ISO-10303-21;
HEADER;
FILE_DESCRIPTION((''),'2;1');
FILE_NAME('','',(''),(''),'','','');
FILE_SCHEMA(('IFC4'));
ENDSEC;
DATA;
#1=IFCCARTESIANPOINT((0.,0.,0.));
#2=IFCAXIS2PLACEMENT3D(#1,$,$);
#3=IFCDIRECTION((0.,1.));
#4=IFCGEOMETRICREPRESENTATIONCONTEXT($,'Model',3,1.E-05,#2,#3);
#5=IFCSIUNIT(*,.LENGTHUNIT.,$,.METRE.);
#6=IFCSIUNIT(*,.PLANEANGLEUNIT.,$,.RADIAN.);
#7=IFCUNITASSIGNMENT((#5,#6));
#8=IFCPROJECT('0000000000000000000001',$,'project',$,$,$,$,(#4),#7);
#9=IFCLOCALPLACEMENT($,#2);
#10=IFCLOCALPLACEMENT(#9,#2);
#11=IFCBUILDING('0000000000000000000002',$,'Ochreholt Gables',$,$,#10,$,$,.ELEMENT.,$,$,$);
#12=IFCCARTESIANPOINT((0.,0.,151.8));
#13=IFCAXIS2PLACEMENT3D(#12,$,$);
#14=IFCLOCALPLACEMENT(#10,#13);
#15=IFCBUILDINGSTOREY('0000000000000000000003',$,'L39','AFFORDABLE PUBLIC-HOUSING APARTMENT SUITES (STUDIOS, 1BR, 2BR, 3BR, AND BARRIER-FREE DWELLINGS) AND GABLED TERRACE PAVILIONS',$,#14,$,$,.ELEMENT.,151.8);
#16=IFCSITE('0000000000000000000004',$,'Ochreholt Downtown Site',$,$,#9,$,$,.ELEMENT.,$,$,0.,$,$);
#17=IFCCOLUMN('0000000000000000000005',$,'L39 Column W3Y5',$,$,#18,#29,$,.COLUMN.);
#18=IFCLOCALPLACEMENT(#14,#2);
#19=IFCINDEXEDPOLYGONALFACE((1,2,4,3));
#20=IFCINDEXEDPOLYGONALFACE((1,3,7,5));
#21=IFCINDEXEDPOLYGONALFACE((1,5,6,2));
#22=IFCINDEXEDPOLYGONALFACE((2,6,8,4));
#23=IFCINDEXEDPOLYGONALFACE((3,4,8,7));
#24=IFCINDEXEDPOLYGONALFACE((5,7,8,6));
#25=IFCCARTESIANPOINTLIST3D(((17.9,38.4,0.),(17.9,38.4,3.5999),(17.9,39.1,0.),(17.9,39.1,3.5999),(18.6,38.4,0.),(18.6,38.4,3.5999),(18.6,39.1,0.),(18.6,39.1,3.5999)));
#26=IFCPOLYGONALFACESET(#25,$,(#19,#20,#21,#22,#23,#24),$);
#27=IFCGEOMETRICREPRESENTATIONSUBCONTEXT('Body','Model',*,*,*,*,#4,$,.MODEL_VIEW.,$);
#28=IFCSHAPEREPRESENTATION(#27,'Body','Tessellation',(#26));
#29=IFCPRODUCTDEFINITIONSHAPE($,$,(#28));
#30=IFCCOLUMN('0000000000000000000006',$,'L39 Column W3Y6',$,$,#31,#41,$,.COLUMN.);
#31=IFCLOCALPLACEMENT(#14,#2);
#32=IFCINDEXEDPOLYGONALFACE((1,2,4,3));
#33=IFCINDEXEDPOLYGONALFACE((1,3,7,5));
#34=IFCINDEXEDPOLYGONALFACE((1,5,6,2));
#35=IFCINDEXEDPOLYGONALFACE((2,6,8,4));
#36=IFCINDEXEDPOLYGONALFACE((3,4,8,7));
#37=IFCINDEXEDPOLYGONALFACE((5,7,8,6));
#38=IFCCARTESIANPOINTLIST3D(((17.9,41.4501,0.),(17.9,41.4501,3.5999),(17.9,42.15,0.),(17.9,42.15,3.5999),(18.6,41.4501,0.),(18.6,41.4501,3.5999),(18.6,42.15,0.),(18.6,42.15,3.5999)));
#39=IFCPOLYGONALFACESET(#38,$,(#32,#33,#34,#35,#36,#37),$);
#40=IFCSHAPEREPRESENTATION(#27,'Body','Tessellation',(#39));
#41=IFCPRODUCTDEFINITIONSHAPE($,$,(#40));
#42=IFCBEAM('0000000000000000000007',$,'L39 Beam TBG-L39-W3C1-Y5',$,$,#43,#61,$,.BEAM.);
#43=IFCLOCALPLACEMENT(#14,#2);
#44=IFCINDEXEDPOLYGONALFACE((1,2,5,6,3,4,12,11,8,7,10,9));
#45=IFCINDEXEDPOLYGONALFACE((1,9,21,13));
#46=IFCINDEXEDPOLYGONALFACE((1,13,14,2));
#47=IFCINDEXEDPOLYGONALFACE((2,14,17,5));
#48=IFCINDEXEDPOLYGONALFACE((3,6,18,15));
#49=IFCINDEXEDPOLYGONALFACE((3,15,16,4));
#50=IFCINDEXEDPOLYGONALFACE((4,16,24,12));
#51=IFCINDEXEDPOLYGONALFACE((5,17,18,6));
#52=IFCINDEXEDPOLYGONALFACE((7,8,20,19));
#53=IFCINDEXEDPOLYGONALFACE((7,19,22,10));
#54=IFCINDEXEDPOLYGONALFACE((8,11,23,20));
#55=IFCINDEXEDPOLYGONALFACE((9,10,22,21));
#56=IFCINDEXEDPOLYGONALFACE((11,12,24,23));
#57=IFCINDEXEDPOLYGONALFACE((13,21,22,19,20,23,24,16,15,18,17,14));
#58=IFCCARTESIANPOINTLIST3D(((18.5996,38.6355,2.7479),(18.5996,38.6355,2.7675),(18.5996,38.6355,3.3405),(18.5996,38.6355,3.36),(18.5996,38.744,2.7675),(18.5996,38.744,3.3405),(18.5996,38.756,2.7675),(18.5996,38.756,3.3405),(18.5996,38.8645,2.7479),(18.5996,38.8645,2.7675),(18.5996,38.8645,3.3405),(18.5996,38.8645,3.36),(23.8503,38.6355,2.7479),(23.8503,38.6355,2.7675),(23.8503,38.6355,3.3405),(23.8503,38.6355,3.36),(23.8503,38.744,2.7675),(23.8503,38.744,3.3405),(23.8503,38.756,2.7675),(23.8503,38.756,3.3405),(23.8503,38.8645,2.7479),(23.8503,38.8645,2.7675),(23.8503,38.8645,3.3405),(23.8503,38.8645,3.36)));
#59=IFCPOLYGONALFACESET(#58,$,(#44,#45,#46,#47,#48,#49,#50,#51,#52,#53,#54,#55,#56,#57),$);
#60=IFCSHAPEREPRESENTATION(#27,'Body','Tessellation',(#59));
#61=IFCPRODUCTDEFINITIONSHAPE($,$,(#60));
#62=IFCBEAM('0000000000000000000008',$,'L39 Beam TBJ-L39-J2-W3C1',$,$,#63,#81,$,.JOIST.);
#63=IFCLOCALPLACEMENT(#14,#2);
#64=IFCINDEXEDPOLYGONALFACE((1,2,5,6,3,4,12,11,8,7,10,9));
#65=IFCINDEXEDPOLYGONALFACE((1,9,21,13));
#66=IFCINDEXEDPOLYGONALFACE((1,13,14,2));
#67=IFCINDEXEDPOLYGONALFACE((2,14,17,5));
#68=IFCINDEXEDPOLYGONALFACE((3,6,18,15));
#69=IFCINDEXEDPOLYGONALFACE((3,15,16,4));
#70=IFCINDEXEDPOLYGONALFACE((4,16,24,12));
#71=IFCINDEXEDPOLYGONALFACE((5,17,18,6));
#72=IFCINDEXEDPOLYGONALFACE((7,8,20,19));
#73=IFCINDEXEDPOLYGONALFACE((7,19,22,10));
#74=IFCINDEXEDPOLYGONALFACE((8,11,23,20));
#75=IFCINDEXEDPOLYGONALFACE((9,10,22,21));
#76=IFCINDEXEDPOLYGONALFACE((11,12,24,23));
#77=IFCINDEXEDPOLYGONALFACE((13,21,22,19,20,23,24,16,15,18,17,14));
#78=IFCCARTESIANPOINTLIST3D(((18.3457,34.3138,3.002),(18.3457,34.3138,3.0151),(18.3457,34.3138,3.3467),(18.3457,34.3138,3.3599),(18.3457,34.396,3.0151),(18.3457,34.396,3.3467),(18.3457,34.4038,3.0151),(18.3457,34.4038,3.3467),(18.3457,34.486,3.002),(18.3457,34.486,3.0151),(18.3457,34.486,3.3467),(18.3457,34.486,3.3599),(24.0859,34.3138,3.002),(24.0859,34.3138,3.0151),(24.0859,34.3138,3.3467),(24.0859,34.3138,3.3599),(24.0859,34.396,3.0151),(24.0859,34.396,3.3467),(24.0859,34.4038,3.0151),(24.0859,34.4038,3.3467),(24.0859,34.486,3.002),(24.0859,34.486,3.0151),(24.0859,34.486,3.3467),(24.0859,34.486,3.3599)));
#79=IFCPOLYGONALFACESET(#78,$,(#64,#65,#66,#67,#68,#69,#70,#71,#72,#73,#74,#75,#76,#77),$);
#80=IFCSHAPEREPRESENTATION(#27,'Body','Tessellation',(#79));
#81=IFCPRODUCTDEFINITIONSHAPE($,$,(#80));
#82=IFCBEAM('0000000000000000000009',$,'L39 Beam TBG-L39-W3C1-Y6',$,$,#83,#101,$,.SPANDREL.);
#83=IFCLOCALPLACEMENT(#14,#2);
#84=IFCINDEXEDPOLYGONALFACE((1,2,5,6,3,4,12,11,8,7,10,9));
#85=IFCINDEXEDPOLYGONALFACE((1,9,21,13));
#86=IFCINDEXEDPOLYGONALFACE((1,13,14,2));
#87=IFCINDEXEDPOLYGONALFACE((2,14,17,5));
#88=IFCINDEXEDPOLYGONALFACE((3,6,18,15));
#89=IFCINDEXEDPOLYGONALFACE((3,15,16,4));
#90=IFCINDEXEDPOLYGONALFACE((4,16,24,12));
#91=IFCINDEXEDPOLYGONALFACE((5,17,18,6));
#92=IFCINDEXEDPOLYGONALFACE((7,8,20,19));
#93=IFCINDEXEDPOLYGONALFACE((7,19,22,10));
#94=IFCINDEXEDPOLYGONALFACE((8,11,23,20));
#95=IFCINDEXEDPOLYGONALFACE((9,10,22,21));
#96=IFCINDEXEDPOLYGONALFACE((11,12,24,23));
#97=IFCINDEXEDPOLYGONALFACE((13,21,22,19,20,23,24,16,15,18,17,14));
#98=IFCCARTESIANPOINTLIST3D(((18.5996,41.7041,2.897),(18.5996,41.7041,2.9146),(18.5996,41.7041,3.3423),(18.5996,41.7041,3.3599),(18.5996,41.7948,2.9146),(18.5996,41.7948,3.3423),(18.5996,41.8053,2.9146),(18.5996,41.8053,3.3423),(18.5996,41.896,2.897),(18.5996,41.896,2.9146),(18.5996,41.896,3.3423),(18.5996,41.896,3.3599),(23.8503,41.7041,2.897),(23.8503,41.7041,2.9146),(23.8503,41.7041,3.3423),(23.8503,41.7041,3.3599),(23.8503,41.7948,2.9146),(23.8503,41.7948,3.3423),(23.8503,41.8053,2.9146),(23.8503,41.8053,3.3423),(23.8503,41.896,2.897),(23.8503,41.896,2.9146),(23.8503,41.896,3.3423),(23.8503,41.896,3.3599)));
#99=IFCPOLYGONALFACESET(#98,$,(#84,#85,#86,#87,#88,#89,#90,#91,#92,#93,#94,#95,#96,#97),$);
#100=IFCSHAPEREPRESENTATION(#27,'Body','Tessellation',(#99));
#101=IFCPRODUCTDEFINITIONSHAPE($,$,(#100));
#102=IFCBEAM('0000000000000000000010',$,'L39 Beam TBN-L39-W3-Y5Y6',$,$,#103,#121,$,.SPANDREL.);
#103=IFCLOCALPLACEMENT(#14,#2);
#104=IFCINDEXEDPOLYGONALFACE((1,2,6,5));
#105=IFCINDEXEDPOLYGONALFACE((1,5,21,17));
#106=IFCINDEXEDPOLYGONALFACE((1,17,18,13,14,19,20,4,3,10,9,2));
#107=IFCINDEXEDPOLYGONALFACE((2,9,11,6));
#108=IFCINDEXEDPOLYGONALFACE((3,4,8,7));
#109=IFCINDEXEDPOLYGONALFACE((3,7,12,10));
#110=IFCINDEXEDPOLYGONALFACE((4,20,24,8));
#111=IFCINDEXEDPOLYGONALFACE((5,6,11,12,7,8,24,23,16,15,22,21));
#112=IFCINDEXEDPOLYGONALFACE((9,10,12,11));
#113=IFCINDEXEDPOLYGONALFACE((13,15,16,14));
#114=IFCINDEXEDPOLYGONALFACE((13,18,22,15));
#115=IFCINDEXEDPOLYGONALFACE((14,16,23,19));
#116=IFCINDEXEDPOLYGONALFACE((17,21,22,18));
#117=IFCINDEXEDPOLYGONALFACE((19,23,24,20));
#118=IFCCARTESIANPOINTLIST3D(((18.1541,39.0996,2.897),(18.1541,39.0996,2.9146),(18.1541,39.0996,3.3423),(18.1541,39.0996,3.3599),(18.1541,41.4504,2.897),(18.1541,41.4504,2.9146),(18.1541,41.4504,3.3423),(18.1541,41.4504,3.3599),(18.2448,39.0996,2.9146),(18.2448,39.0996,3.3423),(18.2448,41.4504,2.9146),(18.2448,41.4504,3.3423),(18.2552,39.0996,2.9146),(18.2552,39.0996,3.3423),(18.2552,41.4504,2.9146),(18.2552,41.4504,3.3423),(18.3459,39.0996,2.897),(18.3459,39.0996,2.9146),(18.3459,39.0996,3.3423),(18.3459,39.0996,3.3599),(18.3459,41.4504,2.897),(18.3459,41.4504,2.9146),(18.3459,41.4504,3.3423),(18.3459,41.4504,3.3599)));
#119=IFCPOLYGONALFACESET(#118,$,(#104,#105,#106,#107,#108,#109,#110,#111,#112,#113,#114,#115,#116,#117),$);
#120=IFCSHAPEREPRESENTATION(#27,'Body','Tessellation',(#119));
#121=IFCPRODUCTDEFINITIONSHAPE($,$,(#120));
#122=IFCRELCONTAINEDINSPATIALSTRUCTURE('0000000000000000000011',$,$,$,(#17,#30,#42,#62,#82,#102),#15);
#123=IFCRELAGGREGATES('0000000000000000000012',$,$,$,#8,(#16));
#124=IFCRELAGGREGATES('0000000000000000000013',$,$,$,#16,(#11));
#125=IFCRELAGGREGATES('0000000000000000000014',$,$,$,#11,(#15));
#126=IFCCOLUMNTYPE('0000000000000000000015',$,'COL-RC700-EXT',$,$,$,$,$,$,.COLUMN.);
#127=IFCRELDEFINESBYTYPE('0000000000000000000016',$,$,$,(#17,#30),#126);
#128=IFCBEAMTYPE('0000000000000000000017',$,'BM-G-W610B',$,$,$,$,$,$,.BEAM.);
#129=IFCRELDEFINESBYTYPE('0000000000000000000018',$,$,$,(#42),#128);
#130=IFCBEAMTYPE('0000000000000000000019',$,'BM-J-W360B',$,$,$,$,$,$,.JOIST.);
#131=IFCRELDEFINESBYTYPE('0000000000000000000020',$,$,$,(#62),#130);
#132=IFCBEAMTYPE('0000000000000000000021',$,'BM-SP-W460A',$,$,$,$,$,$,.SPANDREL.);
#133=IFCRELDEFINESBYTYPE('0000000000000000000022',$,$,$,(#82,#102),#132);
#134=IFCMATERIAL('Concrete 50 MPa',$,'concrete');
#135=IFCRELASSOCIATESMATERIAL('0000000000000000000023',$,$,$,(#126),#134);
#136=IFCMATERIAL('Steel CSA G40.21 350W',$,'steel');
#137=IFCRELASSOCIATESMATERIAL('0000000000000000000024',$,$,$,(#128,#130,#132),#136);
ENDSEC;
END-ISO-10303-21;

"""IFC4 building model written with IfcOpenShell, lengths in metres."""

from ifc_helpers import new_model, si_unit, direction, frame, origin, origin_2d, place, context, subcontext, project, spatial, rectangle, i_section, extrude, material, material_profile, profile_set, type_object, element, save


model = new_model("IFC4")

# Units and contexts
model_context = context("Model", 3, precision=1e-05, world=origin(), true_north=direction((0.0, 1.0)))
body_context = subcontext(model_context, "Body", "Model", "MODEL_VIEW")
ifc_project = project(units=[si_unit("LENGTHUNIT", "METRE"), si_unit("PLANEANGLEUNIT", "RADIAN")], contexts=[model_context])

# Site, building, storey
site_placement = place(None, origin())
site = spatial("IfcSite", under=ifc_project, at=site_placement, Name="Ochreholt Downtown Site", CompositionType="ELEMENT", RefElevation=0.0)
building_placement = place(site_placement, origin())
building = spatial("IfcBuilding", under=site, at=building_placement, Name="Ochreholt Gables", CompositionType="ELEMENT")
storey_placement = place(building_placement, frame((0.0, 0.0, 151.8)))
storey = spatial("IfcBuildingStorey", under=building, at=storey_placement, Name="L39", Description="AFFORDABLE PUBLIC-HOUSING APARTMENT SUITES (STUDIOS, 1BR, 2BR, 3BR, AND BARRIER-FREE DWELLINGS) AND GABLED TERRACE PAVILIONS", CompositionType="ELEMENT", Elevation=151.8)

# Columns
ifc_material_1 = material(Name="Concrete 50 MPa", Category="concrete")
ifc_material_profile_1 = material_profile(ifc_material_1, rectangle(XDim=0.7, YDim=0.7, at=origin_2d()), Name="RC700X700")
ifc_profile_set_1 = profile_set([ifc_material_profile_1], Name="Concrete 50 MPa")
column_type = type_object("IfcColumnType", Name="COL-RC700-EXT", PredefinedType="COLUMN", material=ifc_profile_set_1)
for number, where, z_axis, x_axis, name in (
    (1, (18.25, 38.75, 0.0), (0.0, 0.0, 1.0), (1.0, 0.0, 0.0), "L39 Column W3Y5"),
    (2, (18.25, 41.8, 0.0), (0.0, 0.0, 1.0), (1.0, 0.0, 0.0), "L39 Column W3Y6"),
):
    element("IfcColumn", number, at=place(storey_placement, frame(where, z_axis=z_axis, x_axis=x_axis)), inside=storey, type_object=column_type, Name=name, PredefinedType="COLUMN", context=body_context, shape_type="SweptSolid", body=[
        extrude(rectangle(XDim=0.7, YDim=0.7, at=origin_2d()), origin(), (0.0, 0.0, 1.0), 3.5999),
    ])

# Beams
ifc_material_2 = material(Name="Steel CSA G40.21 350W", Category="steel")
ifc_material_profile_2 = material_profile(ifc_material_2, i_section(OverallWidth=0.229, OverallDepth=0.6121, WebThickness=0.012, FlangeThickness=0.0195, at=origin_2d()), Name="W610X125")
ifc_profile_set_2 = profile_set([ifc_material_profile_2], Name="Steel CSA G40.21 350W")
beam_type_1 = type_object("IfcBeamType", Name="BM-G-W610B", PredefinedType="BEAM", material=ifc_profile_set_2)
beam_1_placement = place(storey_placement, frame((18.5996, 38.75, 3.054), z_axis=(1.0, 0.0, 0.0), x_axis=(0.0, 1.0, 0.0)))
element("IfcBeam", 3, at=beam_1_placement, inside=storey, type_object=beam_type_1, Name="L39 Beam TBG-L39-W3C1-Y5", PredefinedType="BEAM", context=body_context, shape_type="SweptSolid", body=[
    extrude(i_section(OverallWidth=0.229, OverallDepth=0.6121, WebThickness=0.012, FlangeThickness=0.0195, at=origin_2d()), origin(), (0.0, 0.0, 1.0), 5.2507),
])
ifc_material_profile_3 = material_profile(ifc_material_2, i_section(OverallWidth=0.1721, OverallDepth=0.3579, WebThickness=0.0078, FlangeThickness=0.0132, at=origin_2d()), Name="W360X57")
ifc_profile_set_3 = profile_set([ifc_material_profile_3], Name="Steel CSA G40.21 350W")
beam_type_2 = type_object("IfcBeamType", Name="BM-J-W360B", PredefinedType="JOIST", material=ifc_profile_set_3)
beam_2_placement = place(storey_placement, frame((18.3457, 34.3999, 3.1809), z_axis=(1.0, 0.0, 0.0), x_axis=(0.0, 1.0, 0.0)))
element("IfcBeam", 4, at=beam_2_placement, inside=storey, type_object=beam_type_2, Name="L39 Beam TBJ-L39-J2-W3C1", PredefinedType="JOIST", context=body_context, shape_type="SweptSolid", body=[
    extrude(i_section(OverallWidth=0.1721, OverallDepth=0.3579, WebThickness=0.0078, FlangeThickness=0.0132, at=origin_2d()), origin(), (0.0, 0.0, 1.0), 5.7402),
])
ifc_material_profile_4 = material_profile(ifc_material_2, i_section(OverallWidth=0.1919, OverallDepth=0.4629, WebThickness=0.0105, FlangeThickness=0.0176, at=origin_2d()), Name="W460X89")
ifc_profile_set_4 = profile_set([ifc_material_profile_4], Name="Steel CSA G40.21 350W")
beam_type_3 = type_object("IfcBeamType", Name="BM-SP-W460A", PredefinedType="SPANDREL", material=ifc_profile_set_4)
beam_3_placement = place(storey_placement, frame((18.5996, 41.8, 3.1284), z_axis=(1.0, 0.0, 0.0), x_axis=(0.0, 1.0, 0.0)))
element("IfcBeam", 5, at=beam_3_placement, inside=storey, type_object=beam_type_3, Name="L39 Beam TBG-L39-W3C1-Y6", PredefinedType="SPANDREL", context=body_context, shape_type="SweptSolid", body=[
    extrude(i_section(OverallWidth=0.1919, OverallDepth=0.4629, WebThickness=0.0105, FlangeThickness=0.0176, at=origin_2d()), origin(), (0.0, 0.0, 1.0), 5.2507),
])
beam_4_placement = place(storey_placement, frame((18.25, 39.0996, 3.1284), z_axis=(0.0, 1.0, 0.0), x_axis=(-1.0, 0.0, 0.0)))
element("IfcBeam", 6, at=beam_4_placement, inside=storey, type_object=beam_type_3, Name="L39 Beam TBN-L39-W3-Y5Y6", PredefinedType="SPANDREL", context=body_context, shape_type="SweptSolid", body=[
    extrude(i_section(OverallWidth=0.1919, OverallDepth=0.4629, WebThickness=0.0105, FlangeThickness=0.0176, at=origin_2d()), origin(), (0.0, 0.0, 1.0), 2.3508),
])

save(model, "model.ifc")
